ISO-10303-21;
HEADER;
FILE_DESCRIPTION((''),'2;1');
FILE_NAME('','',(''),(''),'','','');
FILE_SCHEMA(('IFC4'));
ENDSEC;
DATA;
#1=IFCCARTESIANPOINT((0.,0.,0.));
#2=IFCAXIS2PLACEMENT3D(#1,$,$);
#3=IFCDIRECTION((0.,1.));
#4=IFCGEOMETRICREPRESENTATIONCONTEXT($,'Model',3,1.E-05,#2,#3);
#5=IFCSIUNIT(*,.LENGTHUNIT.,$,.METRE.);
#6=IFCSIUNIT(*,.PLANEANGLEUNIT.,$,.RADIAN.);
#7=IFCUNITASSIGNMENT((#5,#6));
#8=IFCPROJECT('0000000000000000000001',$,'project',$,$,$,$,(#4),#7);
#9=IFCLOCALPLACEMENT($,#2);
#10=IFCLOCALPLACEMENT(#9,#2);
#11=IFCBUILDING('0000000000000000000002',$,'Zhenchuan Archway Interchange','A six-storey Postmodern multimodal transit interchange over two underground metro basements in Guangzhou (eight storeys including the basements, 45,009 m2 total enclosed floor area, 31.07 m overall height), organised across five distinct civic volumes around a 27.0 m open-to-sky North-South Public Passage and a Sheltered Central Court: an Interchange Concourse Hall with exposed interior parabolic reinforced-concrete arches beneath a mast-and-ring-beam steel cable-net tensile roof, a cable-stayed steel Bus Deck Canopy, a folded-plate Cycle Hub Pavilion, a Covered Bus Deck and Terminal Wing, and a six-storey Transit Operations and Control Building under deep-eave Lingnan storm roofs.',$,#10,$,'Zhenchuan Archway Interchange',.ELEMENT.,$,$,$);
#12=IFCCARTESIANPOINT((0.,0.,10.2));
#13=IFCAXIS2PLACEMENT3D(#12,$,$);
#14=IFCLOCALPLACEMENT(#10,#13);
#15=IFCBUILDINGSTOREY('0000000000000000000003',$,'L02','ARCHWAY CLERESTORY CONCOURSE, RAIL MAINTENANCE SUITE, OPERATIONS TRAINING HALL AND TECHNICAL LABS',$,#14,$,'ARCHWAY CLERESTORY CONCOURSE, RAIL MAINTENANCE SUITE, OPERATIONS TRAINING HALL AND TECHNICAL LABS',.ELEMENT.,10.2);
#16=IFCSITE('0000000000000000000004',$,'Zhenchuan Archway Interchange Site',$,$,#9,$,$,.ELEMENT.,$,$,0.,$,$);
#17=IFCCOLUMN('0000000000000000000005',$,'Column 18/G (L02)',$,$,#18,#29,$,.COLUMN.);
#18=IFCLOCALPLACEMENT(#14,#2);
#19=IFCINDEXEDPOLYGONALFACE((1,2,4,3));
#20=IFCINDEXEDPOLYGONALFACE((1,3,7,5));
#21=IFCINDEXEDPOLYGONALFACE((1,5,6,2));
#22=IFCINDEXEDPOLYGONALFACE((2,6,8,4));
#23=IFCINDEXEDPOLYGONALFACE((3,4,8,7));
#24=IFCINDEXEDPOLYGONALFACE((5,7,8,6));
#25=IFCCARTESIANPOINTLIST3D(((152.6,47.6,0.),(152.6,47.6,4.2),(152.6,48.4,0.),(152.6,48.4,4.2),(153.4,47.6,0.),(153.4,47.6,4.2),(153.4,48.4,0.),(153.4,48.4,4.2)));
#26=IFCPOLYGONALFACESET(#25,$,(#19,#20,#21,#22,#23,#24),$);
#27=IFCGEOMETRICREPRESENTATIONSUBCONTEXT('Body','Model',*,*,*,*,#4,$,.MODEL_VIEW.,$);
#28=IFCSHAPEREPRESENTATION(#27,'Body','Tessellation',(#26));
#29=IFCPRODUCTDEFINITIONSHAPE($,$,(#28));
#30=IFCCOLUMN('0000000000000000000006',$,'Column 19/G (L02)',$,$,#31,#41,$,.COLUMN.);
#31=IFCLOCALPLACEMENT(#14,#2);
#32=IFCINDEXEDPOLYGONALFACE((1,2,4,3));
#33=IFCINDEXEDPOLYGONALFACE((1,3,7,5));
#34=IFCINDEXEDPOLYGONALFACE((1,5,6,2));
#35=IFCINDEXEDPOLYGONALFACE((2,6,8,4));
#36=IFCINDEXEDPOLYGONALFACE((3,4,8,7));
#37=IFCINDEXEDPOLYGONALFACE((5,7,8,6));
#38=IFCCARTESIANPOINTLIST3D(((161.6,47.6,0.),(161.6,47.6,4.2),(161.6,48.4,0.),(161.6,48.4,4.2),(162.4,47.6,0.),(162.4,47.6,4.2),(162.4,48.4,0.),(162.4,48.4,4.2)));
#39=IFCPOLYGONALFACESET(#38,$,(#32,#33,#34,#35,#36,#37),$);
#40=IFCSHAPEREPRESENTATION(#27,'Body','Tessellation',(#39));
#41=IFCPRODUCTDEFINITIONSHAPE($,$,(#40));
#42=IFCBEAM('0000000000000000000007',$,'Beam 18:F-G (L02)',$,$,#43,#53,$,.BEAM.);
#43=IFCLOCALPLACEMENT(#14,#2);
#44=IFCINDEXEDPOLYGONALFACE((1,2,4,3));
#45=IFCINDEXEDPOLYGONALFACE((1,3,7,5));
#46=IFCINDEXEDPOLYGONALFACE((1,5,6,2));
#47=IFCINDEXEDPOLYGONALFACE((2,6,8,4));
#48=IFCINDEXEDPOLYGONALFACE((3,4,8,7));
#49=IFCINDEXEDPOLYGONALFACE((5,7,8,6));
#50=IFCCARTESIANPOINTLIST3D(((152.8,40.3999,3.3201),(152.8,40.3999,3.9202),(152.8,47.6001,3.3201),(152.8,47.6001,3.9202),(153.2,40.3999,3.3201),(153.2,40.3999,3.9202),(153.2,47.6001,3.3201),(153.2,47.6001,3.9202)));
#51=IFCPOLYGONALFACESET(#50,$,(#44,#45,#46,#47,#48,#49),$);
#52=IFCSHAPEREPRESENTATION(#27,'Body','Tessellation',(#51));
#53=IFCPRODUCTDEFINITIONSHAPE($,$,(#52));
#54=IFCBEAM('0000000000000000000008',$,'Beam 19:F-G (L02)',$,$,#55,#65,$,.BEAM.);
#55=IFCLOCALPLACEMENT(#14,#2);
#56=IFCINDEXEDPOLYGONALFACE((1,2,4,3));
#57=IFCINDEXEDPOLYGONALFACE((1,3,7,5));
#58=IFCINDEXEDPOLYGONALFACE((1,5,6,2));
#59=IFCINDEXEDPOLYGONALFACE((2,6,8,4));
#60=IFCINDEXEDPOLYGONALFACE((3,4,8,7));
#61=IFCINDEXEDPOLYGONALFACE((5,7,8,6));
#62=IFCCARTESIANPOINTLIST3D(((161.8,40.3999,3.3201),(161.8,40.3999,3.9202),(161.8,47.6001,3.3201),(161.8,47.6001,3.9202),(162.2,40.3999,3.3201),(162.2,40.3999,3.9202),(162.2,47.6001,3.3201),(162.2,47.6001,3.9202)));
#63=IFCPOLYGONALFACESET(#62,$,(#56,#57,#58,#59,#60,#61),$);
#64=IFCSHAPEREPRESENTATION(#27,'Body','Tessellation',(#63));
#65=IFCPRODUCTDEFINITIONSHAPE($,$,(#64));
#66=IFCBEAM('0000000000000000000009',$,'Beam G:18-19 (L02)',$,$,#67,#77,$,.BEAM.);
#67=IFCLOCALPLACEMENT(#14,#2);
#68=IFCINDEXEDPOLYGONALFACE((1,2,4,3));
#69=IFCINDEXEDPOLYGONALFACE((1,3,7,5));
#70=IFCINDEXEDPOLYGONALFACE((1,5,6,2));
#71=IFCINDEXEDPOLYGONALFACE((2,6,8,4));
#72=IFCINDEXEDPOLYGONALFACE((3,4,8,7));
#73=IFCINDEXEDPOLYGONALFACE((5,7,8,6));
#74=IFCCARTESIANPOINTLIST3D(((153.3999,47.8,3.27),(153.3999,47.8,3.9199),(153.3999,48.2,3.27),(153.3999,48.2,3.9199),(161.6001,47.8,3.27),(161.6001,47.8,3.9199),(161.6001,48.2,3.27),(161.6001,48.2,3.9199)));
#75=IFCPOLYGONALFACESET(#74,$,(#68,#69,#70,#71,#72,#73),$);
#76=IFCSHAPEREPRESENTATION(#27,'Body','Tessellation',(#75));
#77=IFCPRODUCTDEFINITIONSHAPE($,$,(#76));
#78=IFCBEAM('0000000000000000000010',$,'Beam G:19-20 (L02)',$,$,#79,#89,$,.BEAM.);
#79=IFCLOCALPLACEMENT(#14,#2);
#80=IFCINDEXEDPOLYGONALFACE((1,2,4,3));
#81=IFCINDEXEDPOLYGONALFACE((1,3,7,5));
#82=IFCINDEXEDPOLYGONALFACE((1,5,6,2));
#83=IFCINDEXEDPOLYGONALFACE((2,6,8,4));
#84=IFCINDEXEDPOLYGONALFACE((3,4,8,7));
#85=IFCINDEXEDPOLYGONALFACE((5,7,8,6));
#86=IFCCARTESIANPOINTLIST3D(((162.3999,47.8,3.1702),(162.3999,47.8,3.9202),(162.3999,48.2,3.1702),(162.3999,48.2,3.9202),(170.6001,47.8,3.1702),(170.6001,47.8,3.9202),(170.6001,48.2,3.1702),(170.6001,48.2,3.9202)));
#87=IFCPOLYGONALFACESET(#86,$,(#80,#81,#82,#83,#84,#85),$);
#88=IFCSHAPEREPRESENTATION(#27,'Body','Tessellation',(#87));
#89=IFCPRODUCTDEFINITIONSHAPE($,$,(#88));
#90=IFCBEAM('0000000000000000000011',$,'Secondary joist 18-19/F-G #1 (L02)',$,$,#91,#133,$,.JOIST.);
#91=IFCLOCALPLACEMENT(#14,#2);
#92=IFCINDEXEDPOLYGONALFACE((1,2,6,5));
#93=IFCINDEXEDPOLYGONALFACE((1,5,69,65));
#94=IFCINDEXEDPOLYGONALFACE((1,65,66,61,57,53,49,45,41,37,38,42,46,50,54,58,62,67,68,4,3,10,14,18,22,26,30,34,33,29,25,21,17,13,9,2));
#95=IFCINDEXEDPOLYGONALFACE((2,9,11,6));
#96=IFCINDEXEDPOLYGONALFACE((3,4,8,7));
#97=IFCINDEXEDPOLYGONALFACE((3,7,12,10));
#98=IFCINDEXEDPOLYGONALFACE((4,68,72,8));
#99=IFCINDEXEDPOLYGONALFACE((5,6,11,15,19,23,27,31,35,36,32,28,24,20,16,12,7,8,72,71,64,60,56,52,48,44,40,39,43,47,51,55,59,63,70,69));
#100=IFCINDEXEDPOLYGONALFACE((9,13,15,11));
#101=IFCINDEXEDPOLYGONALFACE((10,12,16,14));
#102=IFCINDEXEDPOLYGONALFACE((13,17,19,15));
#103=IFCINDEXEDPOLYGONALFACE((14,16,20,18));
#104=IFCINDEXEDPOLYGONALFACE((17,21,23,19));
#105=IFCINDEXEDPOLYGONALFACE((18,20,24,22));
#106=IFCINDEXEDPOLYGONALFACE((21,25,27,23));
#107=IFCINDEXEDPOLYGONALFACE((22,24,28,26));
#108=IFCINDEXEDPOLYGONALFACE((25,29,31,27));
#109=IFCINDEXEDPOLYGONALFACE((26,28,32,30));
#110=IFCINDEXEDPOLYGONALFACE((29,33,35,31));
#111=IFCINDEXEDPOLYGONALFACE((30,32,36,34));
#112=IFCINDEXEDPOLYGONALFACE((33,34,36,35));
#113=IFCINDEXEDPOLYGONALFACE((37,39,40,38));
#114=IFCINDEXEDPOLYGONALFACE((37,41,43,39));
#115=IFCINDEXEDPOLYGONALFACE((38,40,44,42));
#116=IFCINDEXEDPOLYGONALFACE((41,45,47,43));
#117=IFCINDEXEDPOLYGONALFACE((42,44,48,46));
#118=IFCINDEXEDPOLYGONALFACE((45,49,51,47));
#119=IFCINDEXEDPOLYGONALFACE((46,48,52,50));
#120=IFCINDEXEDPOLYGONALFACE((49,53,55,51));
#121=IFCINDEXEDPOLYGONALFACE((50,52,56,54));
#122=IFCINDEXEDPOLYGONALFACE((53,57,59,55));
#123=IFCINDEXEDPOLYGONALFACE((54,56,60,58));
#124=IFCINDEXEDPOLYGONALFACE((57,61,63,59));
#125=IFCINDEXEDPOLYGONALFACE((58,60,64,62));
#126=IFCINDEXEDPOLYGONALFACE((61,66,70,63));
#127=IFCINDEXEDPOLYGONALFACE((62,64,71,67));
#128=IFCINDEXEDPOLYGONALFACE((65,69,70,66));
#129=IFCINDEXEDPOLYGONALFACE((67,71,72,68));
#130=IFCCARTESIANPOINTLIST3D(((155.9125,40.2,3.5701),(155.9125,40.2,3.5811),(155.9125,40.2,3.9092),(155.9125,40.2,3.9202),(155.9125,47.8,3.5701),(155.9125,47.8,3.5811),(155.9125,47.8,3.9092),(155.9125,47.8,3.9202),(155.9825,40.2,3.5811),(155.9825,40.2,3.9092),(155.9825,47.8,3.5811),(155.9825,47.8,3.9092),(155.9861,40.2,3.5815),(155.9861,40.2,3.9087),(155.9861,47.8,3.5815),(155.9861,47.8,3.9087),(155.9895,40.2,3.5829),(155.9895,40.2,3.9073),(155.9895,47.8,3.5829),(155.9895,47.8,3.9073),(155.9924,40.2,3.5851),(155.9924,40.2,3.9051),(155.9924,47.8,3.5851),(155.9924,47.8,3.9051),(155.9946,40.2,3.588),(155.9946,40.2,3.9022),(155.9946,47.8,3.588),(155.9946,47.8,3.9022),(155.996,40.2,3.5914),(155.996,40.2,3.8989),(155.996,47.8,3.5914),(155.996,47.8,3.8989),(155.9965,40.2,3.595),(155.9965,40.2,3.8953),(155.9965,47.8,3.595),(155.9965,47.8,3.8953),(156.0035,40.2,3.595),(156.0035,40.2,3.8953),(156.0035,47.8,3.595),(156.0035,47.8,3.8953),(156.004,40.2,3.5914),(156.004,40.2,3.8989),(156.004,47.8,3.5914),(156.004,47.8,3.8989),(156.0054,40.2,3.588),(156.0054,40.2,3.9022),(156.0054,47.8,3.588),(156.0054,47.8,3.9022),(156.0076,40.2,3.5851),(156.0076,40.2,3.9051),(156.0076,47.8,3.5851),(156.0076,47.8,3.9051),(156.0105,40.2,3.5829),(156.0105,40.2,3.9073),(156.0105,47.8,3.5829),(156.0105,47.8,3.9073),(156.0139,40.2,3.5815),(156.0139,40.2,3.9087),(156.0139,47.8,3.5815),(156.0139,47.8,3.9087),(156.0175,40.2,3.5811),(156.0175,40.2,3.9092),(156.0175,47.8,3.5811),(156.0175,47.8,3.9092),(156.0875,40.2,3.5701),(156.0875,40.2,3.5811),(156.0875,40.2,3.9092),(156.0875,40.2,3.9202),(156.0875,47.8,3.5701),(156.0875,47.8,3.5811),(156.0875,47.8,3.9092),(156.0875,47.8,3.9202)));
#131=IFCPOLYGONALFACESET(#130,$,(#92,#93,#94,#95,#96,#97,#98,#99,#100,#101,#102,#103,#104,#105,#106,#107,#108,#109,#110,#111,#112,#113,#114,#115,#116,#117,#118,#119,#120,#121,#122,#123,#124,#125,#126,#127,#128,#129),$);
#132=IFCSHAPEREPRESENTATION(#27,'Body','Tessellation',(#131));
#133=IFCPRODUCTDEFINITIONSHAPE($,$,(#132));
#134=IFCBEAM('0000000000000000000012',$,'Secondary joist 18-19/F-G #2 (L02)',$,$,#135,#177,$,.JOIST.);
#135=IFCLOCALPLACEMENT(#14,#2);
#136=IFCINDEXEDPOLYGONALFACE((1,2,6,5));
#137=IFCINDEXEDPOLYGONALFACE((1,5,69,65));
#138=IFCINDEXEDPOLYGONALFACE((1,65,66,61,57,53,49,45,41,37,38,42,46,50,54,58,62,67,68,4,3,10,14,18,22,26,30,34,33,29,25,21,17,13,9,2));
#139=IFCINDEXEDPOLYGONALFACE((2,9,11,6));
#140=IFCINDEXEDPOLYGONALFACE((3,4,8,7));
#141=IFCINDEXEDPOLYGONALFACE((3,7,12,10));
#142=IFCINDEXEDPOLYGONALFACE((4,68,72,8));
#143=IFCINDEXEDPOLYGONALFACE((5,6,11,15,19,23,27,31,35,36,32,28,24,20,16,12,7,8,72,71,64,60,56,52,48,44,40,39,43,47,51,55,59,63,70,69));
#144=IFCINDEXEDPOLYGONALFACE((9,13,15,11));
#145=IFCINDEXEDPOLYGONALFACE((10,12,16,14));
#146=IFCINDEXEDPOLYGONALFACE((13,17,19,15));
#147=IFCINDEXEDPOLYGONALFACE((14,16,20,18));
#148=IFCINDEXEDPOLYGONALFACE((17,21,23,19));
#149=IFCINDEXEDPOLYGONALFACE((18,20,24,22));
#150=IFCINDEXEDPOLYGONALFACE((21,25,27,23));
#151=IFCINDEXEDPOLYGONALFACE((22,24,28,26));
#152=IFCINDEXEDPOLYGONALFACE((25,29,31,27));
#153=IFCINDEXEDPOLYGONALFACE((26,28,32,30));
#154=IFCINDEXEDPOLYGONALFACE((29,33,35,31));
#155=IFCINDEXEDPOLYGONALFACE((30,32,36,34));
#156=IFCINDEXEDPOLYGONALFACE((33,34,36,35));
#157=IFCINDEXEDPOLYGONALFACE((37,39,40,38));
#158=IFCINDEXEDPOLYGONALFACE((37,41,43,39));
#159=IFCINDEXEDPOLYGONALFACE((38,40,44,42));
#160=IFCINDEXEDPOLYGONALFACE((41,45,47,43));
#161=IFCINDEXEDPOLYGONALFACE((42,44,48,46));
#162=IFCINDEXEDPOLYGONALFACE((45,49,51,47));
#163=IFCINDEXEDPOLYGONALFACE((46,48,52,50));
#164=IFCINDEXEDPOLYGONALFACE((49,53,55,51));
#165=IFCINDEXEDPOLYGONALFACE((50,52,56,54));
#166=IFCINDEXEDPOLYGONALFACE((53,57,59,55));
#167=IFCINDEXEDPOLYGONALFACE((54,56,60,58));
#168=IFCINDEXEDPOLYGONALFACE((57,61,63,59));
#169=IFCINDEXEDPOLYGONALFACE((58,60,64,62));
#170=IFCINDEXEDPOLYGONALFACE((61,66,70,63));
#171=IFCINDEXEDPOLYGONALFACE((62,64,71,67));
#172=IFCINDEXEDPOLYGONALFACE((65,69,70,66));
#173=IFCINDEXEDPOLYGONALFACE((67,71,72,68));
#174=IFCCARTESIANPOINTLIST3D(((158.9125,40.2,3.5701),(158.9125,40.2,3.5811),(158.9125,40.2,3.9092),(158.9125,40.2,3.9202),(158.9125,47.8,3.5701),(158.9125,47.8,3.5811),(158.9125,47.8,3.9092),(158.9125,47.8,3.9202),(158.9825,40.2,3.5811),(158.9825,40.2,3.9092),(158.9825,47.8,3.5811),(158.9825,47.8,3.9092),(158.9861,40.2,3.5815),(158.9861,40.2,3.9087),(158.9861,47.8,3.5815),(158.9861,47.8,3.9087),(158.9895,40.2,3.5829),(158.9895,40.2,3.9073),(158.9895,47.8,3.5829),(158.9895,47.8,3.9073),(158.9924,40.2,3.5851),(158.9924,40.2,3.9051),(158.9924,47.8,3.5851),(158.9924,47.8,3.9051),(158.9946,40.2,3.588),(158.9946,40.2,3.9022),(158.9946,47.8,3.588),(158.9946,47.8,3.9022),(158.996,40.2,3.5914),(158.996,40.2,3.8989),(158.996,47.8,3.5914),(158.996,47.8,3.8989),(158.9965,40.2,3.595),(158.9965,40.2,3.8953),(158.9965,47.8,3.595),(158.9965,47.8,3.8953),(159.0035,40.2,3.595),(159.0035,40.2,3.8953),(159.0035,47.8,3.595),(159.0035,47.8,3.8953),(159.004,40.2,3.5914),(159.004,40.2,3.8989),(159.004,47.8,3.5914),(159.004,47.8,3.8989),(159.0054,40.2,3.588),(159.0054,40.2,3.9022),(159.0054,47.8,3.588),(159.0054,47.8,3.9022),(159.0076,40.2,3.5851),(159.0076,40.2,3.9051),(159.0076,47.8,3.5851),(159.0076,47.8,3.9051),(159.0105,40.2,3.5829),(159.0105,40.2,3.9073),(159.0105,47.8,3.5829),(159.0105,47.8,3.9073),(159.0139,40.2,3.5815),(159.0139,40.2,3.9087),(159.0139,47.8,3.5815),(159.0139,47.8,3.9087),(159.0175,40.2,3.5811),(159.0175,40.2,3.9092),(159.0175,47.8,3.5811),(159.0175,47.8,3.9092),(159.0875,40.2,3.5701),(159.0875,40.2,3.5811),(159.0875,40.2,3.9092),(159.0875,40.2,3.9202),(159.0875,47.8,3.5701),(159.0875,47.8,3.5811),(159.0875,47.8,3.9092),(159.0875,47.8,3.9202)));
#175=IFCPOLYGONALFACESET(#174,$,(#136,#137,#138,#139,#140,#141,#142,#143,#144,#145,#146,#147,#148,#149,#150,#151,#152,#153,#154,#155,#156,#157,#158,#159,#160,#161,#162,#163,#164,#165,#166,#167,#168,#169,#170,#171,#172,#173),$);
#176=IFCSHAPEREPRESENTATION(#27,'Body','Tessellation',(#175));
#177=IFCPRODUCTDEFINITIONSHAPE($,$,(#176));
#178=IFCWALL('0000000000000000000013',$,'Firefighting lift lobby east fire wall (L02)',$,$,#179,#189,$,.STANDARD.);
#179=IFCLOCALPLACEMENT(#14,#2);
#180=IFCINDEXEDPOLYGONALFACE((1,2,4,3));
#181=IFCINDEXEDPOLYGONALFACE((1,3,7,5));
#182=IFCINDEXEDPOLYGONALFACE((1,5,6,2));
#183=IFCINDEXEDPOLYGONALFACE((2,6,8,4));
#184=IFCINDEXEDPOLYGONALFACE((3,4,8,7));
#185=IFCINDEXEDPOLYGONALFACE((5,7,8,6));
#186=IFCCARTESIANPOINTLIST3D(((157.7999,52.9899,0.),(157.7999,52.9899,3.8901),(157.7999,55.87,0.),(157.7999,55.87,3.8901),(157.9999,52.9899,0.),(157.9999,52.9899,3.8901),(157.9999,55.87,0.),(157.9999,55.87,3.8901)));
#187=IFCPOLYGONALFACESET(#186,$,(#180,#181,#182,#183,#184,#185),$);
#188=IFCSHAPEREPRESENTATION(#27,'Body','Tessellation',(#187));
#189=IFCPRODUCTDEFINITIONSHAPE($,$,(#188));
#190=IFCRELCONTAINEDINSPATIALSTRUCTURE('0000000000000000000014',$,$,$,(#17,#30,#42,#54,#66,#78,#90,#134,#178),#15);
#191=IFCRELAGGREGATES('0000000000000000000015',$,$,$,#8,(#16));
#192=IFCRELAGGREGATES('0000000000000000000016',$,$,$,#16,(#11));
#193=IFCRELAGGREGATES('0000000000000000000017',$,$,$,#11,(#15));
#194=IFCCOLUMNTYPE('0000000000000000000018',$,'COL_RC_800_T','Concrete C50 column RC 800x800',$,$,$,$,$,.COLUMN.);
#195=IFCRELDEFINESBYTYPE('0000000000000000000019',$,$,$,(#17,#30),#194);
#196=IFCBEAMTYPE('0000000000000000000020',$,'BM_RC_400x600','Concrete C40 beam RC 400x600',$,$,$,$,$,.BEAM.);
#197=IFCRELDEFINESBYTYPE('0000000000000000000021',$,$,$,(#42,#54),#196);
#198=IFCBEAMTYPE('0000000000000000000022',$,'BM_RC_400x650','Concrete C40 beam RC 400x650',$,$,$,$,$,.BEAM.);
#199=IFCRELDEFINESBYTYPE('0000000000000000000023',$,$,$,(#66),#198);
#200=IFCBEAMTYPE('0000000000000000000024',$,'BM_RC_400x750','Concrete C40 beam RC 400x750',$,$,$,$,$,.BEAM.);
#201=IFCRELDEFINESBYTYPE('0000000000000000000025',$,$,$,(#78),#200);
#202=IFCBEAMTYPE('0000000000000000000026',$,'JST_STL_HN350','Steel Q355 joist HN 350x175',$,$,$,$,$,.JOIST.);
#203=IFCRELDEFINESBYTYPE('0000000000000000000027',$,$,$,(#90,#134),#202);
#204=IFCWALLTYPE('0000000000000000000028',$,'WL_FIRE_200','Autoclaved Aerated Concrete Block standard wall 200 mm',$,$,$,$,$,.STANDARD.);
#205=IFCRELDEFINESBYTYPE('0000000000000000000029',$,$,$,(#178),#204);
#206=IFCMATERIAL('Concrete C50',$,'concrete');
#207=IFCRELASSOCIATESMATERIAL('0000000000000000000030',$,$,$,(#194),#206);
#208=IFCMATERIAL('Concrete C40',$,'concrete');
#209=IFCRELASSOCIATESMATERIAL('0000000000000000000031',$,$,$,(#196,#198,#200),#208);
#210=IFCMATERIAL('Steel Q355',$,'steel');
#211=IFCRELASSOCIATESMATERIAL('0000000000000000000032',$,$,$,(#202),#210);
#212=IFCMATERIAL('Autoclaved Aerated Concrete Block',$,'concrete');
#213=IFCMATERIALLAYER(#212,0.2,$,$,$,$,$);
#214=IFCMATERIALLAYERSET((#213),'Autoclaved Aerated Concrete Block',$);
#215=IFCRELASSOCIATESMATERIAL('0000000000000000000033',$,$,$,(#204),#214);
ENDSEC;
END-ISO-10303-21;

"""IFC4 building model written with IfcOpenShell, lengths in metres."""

from ifc_helpers import new_model, si_unit, direction, frame, frame_2d, origin, origin_2d, place, context, subcontext, project, spatial, rectangle, i_section, extrude, material, layer, layer_set, material_profile, profile_set, type_object, element, save


model = new_model("IFC4")

# Units and contexts
model_context = context("Model", 3, precision=1e-05, world=origin(), true_north=direction((0.0, 1.0)))
body_context = subcontext(model_context, "Body", "Model", "MODEL_VIEW")
ifc_project = project(units=[si_unit("LENGTHUNIT", "METRE"), si_unit("PLANEANGLEUNIT", "RADIAN")], contexts=[model_context])

# Site, building, storey
site_placement = place(None, origin())
site = spatial("IfcSite", under=ifc_project, at=site_placement, Name="Zhenchuan Archway Interchange Site", CompositionType="ELEMENT", RefElevation=0.0)
building_placement = place(site_placement, origin())
building = spatial("IfcBuilding", under=site, at=building_placement, Name="Zhenchuan Archway Interchange", Description="A six-storey Postmodern multimodal transit interchange over two underground metro basements in Guangzhou (eight storeys including the basements, 45,009 m2 total enclosed floor area, 31.07 m overall height), organised across five distinct civic volumes around a 27.0 m open-to-sky North-South Public Passage and a Sheltered Central Court: an Interchange Concourse Hall with exposed interior parabolic reinforced-concrete arches beneath a mast-and-ring-beam steel cable-net tensile roof, a cable-stayed steel Bus Deck Canopy, a folded-plate Cycle Hub Pavilion, a Covered Bus Deck and Terminal Wing, and a six-storey Transit Operations and Control Building under deep-eave Lingnan storm roofs.", LongName="Zhenchuan Archway Interchange", CompositionType="ELEMENT")
storey_placement = place(building_placement, frame((0.0, 0.0, 10.2)))
storey = spatial("IfcBuildingStorey", under=building, at=storey_placement, Name="L02", Description="ARCHWAY CLERESTORY CONCOURSE, RAIL MAINTENANCE SUITE, OPERATIONS TRAINING HALL AND TECHNICAL LABS", LongName="ARCHWAY CLERESTORY CONCOURSE, RAIL MAINTENANCE SUITE, OPERATIONS TRAINING HALL AND TECHNICAL LABS", CompositionType="ELEMENT", Elevation=10.2)

# Columns
ifc_material_1 = material(Name="Concrete C50", Category="concrete")
ifc_material_profile_1 = material_profile(ifc_material_1, rectangle(XDim=0.8, YDim=0.8, at=origin_2d()), Name="RC 800x800")
ifc_profile_set_1 = profile_set([ifc_material_profile_1], Name="Concrete C50")
column_type = type_object("IfcColumnType", Name="COL_RC_800_T", Description="Concrete C50 column RC 800x800", PredefinedType="COLUMN", material=ifc_profile_set_1)
for number, where, z_axis, x_axis, name in (
    (1, (153.0, 48.0, 0.0), (0.0, 0.0, 1.0), (1.0, 0.0, 0.0), "Column 18/G (L02)"),
    (2, (162.0, 48.0, 0.0), (0.0, 0.0, 1.0), (1.0, 0.0, 0.0), "Column 19/G (L02)"),
):
    element("IfcColumn", number, at=place(storey_placement, frame(where, z_axis=z_axis, x_axis=x_axis)), inside=storey, type_object=column_type, Name=name, PredefinedType="COLUMN", context=body_context, shape_type="SweptSolid", body=[
        extrude(rectangle(XDim=0.8, YDim=0.8, at=origin_2d()), origin(), (0.0, 0.0, 1.0), 4.2),
    ])

# Beams
ifc_material_2 = material(Name="Concrete C40", Category="concrete")
ifc_material_profile_2 = material_profile(ifc_material_2, rectangle(XDim=0.3999, YDim=0.6001, at=origin_2d()), Name="RC 400x600")
ifc_profile_set_2 = profile_set([ifc_material_profile_2], Name="Concrete C40")
beam_type_1 = type_object("IfcBeamType", Name="BM_RC_400x600", Description="Concrete C40 beam RC 400x600", PredefinedType="BEAM", material=ifc_profile_set_2)
for number, where, z_axis, x_axis, name in (
    (3, (153.0, 40.3999, 3.6201), (0.0, 1.0, 0.0), (-1.0, 0.0, 0.0), "Beam 18:F-G (L02)"),
    (4, (162.0, 40.3999, 3.6201), (0.0, 1.0, 0.0), (-1.0, 0.0, 0.0), "Beam 19:F-G (L02)"),
):
    element("IfcBeam", number, at=place(storey_placement, frame(where, z_axis=z_axis, x_axis=x_axis)), inside=storey, type_object=beam_type_1, Name=name, PredefinedType="BEAM", context=body_context, shape_type="SweptSolid", body=[
        extrude(rectangle(XDim=0.3999, YDim=0.6001, at=origin_2d()), origin(), (0.0, 0.0, 1.0), 7.2002),
    ])
ifc_material_profile_3 = material_profile(ifc_material_2, rectangle(XDim=0.3999, YDim=0.6499, at=origin_2d()), Name="RC 400x650")
ifc_profile_set_3 = profile_set([ifc_material_profile_3], Name="Concrete C40")
beam_type_2 = type_object("IfcBeamType", Name="BM_RC_400x650", Description="Concrete C40 beam RC 400x650", PredefinedType="BEAM", material=ifc_profile_set_3)
beam_1_placement = place(storey_placement, frame((153.3999, 48.0, 3.595), z_axis=(1.0, 0.0, 0.0), x_axis=(0.0, 1.0, 0.0)))
element("IfcBeam", 5, at=beam_1_placement, inside=storey, type_object=beam_type_2, Name="Beam G:18-19 (L02)", PredefinedType="BEAM", context=body_context, shape_type="SweptSolid", body=[
    extrude(rectangle(XDim=0.3999, YDim=0.6499, at=origin_2d()), origin(), (0.0, 0.0, 1.0), 8.2002),
])
ifc_material_profile_4 = material_profile(ifc_material_2, rectangle(XDim=0.3999, YDim=0.75, at=origin_2d()), Name="RC 400x750")
ifc_profile_set_4 = profile_set([ifc_material_profile_4], Name="Concrete C40")
beam_type_3 = type_object("IfcBeamType", Name="BM_RC_400x750", Description="Concrete C40 beam RC 400x750", PredefinedType="BEAM", material=ifc_profile_set_4)
beam_2_placement = place(storey_placement, frame((162.3999, 48.0, 3.5452), z_axis=(1.0, 0.0, 0.0), x_axis=(0.0, 1.0, 0.0)))
element("IfcBeam", 6, at=beam_2_placement, inside=storey, type_object=beam_type_3, Name="Beam G:19-20 (L02)", PredefinedType="BEAM", context=body_context, shape_type="SweptSolid", body=[
    extrude(rectangle(XDim=0.3999, YDim=0.75, at=origin_2d()), origin(), (0.0, 0.0, 1.0), 8.2002),
])
ifc_material_3 = material(Name="Steel Q355", Category="steel")
ifc_material_profile_5 = material_profile(ifc_material_3, i_section(OverallWidth=0.175, OverallDepth=0.3501, WebThickness=0.0071, FlangeThickness=0.011, FilletRadius=0.0139, at=origin_2d()), Name="HN 350x175")
ifc_profile_set_5 = profile_set([ifc_material_profile_5], Name="Steel Q355")
beam_type_4 = type_object("IfcBeamType", Name="JST_STL_HN350", Description="Steel Q355 joist HN 350x175", PredefinedType="JOIST", material=ifc_profile_set_5)
for number, where, z_axis, x_axis, name in (
    (7, (156.0, 40.2, 3.7451), (0.0, 1.0, 0.0), (-1.0, 0.0, 0.0), "Secondary joist 18-19/F-G #1 (L02)"),
    (8, (159.0, 40.2, 3.7451), (0.0, 1.0, 0.0), (-1.0, 0.0, 0.0), "Secondary joist 18-19/F-G #2 (L02)"),
):
    element("IfcBeam", number, at=place(storey_placement, frame(where, z_axis=z_axis, x_axis=x_axis)), inside=storey, type_object=beam_type_4, Name=name, PredefinedType="JOIST", context=body_context, shape_type="SweptSolid", body=[
        extrude(i_section(OverallWidth=0.175, OverallDepth=0.3501, WebThickness=0.0071, FlangeThickness=0.011, FilletRadius=0.0139, at=origin_2d()), origin(), (0.0, 0.0, 1.0), 7.6001),
    ])

# Wall
ifc_material_4 = material(Name="Autoclaved Aerated Concrete Block", Category="concrete")
ifc_layer_1 = layer(ifc_material_4, 0.2)
ifc_layer_set_1 = layer_set([ifc_layer_1], Name="Autoclaved Aerated Concrete Block")
wall_type_1 = type_object("IfcWallType", Name="WL_FIRE_200", Description="Autoclaved Aerated Concrete Block standard wall 200 mm", PredefinedType="STANDARD", material=ifc_layer_set_1)
wall_1_placement = place(storey_placement, frame((157.8999, 52.99, 0.0), z_axis=(0.0, 0.0, 1.0), x_axis=(0.0, 1.0, 0.0)))
element("IfcWall", 9, at=wall_1_placement, inside=storey, type_object=wall_type_1, Name="Firefighting lift lobby east fire wall (L02)", PredefinedType="STANDARD", context=body_context, shape_type="SweptSolid", body=[
    extrude(rectangle(XDim=2.8801, YDim=0.2, at=frame_2d((1.4399, 0.0))), origin(), (0.0, 0.0, 1.0), 3.8901),
])

save(model, "model.ifc")
